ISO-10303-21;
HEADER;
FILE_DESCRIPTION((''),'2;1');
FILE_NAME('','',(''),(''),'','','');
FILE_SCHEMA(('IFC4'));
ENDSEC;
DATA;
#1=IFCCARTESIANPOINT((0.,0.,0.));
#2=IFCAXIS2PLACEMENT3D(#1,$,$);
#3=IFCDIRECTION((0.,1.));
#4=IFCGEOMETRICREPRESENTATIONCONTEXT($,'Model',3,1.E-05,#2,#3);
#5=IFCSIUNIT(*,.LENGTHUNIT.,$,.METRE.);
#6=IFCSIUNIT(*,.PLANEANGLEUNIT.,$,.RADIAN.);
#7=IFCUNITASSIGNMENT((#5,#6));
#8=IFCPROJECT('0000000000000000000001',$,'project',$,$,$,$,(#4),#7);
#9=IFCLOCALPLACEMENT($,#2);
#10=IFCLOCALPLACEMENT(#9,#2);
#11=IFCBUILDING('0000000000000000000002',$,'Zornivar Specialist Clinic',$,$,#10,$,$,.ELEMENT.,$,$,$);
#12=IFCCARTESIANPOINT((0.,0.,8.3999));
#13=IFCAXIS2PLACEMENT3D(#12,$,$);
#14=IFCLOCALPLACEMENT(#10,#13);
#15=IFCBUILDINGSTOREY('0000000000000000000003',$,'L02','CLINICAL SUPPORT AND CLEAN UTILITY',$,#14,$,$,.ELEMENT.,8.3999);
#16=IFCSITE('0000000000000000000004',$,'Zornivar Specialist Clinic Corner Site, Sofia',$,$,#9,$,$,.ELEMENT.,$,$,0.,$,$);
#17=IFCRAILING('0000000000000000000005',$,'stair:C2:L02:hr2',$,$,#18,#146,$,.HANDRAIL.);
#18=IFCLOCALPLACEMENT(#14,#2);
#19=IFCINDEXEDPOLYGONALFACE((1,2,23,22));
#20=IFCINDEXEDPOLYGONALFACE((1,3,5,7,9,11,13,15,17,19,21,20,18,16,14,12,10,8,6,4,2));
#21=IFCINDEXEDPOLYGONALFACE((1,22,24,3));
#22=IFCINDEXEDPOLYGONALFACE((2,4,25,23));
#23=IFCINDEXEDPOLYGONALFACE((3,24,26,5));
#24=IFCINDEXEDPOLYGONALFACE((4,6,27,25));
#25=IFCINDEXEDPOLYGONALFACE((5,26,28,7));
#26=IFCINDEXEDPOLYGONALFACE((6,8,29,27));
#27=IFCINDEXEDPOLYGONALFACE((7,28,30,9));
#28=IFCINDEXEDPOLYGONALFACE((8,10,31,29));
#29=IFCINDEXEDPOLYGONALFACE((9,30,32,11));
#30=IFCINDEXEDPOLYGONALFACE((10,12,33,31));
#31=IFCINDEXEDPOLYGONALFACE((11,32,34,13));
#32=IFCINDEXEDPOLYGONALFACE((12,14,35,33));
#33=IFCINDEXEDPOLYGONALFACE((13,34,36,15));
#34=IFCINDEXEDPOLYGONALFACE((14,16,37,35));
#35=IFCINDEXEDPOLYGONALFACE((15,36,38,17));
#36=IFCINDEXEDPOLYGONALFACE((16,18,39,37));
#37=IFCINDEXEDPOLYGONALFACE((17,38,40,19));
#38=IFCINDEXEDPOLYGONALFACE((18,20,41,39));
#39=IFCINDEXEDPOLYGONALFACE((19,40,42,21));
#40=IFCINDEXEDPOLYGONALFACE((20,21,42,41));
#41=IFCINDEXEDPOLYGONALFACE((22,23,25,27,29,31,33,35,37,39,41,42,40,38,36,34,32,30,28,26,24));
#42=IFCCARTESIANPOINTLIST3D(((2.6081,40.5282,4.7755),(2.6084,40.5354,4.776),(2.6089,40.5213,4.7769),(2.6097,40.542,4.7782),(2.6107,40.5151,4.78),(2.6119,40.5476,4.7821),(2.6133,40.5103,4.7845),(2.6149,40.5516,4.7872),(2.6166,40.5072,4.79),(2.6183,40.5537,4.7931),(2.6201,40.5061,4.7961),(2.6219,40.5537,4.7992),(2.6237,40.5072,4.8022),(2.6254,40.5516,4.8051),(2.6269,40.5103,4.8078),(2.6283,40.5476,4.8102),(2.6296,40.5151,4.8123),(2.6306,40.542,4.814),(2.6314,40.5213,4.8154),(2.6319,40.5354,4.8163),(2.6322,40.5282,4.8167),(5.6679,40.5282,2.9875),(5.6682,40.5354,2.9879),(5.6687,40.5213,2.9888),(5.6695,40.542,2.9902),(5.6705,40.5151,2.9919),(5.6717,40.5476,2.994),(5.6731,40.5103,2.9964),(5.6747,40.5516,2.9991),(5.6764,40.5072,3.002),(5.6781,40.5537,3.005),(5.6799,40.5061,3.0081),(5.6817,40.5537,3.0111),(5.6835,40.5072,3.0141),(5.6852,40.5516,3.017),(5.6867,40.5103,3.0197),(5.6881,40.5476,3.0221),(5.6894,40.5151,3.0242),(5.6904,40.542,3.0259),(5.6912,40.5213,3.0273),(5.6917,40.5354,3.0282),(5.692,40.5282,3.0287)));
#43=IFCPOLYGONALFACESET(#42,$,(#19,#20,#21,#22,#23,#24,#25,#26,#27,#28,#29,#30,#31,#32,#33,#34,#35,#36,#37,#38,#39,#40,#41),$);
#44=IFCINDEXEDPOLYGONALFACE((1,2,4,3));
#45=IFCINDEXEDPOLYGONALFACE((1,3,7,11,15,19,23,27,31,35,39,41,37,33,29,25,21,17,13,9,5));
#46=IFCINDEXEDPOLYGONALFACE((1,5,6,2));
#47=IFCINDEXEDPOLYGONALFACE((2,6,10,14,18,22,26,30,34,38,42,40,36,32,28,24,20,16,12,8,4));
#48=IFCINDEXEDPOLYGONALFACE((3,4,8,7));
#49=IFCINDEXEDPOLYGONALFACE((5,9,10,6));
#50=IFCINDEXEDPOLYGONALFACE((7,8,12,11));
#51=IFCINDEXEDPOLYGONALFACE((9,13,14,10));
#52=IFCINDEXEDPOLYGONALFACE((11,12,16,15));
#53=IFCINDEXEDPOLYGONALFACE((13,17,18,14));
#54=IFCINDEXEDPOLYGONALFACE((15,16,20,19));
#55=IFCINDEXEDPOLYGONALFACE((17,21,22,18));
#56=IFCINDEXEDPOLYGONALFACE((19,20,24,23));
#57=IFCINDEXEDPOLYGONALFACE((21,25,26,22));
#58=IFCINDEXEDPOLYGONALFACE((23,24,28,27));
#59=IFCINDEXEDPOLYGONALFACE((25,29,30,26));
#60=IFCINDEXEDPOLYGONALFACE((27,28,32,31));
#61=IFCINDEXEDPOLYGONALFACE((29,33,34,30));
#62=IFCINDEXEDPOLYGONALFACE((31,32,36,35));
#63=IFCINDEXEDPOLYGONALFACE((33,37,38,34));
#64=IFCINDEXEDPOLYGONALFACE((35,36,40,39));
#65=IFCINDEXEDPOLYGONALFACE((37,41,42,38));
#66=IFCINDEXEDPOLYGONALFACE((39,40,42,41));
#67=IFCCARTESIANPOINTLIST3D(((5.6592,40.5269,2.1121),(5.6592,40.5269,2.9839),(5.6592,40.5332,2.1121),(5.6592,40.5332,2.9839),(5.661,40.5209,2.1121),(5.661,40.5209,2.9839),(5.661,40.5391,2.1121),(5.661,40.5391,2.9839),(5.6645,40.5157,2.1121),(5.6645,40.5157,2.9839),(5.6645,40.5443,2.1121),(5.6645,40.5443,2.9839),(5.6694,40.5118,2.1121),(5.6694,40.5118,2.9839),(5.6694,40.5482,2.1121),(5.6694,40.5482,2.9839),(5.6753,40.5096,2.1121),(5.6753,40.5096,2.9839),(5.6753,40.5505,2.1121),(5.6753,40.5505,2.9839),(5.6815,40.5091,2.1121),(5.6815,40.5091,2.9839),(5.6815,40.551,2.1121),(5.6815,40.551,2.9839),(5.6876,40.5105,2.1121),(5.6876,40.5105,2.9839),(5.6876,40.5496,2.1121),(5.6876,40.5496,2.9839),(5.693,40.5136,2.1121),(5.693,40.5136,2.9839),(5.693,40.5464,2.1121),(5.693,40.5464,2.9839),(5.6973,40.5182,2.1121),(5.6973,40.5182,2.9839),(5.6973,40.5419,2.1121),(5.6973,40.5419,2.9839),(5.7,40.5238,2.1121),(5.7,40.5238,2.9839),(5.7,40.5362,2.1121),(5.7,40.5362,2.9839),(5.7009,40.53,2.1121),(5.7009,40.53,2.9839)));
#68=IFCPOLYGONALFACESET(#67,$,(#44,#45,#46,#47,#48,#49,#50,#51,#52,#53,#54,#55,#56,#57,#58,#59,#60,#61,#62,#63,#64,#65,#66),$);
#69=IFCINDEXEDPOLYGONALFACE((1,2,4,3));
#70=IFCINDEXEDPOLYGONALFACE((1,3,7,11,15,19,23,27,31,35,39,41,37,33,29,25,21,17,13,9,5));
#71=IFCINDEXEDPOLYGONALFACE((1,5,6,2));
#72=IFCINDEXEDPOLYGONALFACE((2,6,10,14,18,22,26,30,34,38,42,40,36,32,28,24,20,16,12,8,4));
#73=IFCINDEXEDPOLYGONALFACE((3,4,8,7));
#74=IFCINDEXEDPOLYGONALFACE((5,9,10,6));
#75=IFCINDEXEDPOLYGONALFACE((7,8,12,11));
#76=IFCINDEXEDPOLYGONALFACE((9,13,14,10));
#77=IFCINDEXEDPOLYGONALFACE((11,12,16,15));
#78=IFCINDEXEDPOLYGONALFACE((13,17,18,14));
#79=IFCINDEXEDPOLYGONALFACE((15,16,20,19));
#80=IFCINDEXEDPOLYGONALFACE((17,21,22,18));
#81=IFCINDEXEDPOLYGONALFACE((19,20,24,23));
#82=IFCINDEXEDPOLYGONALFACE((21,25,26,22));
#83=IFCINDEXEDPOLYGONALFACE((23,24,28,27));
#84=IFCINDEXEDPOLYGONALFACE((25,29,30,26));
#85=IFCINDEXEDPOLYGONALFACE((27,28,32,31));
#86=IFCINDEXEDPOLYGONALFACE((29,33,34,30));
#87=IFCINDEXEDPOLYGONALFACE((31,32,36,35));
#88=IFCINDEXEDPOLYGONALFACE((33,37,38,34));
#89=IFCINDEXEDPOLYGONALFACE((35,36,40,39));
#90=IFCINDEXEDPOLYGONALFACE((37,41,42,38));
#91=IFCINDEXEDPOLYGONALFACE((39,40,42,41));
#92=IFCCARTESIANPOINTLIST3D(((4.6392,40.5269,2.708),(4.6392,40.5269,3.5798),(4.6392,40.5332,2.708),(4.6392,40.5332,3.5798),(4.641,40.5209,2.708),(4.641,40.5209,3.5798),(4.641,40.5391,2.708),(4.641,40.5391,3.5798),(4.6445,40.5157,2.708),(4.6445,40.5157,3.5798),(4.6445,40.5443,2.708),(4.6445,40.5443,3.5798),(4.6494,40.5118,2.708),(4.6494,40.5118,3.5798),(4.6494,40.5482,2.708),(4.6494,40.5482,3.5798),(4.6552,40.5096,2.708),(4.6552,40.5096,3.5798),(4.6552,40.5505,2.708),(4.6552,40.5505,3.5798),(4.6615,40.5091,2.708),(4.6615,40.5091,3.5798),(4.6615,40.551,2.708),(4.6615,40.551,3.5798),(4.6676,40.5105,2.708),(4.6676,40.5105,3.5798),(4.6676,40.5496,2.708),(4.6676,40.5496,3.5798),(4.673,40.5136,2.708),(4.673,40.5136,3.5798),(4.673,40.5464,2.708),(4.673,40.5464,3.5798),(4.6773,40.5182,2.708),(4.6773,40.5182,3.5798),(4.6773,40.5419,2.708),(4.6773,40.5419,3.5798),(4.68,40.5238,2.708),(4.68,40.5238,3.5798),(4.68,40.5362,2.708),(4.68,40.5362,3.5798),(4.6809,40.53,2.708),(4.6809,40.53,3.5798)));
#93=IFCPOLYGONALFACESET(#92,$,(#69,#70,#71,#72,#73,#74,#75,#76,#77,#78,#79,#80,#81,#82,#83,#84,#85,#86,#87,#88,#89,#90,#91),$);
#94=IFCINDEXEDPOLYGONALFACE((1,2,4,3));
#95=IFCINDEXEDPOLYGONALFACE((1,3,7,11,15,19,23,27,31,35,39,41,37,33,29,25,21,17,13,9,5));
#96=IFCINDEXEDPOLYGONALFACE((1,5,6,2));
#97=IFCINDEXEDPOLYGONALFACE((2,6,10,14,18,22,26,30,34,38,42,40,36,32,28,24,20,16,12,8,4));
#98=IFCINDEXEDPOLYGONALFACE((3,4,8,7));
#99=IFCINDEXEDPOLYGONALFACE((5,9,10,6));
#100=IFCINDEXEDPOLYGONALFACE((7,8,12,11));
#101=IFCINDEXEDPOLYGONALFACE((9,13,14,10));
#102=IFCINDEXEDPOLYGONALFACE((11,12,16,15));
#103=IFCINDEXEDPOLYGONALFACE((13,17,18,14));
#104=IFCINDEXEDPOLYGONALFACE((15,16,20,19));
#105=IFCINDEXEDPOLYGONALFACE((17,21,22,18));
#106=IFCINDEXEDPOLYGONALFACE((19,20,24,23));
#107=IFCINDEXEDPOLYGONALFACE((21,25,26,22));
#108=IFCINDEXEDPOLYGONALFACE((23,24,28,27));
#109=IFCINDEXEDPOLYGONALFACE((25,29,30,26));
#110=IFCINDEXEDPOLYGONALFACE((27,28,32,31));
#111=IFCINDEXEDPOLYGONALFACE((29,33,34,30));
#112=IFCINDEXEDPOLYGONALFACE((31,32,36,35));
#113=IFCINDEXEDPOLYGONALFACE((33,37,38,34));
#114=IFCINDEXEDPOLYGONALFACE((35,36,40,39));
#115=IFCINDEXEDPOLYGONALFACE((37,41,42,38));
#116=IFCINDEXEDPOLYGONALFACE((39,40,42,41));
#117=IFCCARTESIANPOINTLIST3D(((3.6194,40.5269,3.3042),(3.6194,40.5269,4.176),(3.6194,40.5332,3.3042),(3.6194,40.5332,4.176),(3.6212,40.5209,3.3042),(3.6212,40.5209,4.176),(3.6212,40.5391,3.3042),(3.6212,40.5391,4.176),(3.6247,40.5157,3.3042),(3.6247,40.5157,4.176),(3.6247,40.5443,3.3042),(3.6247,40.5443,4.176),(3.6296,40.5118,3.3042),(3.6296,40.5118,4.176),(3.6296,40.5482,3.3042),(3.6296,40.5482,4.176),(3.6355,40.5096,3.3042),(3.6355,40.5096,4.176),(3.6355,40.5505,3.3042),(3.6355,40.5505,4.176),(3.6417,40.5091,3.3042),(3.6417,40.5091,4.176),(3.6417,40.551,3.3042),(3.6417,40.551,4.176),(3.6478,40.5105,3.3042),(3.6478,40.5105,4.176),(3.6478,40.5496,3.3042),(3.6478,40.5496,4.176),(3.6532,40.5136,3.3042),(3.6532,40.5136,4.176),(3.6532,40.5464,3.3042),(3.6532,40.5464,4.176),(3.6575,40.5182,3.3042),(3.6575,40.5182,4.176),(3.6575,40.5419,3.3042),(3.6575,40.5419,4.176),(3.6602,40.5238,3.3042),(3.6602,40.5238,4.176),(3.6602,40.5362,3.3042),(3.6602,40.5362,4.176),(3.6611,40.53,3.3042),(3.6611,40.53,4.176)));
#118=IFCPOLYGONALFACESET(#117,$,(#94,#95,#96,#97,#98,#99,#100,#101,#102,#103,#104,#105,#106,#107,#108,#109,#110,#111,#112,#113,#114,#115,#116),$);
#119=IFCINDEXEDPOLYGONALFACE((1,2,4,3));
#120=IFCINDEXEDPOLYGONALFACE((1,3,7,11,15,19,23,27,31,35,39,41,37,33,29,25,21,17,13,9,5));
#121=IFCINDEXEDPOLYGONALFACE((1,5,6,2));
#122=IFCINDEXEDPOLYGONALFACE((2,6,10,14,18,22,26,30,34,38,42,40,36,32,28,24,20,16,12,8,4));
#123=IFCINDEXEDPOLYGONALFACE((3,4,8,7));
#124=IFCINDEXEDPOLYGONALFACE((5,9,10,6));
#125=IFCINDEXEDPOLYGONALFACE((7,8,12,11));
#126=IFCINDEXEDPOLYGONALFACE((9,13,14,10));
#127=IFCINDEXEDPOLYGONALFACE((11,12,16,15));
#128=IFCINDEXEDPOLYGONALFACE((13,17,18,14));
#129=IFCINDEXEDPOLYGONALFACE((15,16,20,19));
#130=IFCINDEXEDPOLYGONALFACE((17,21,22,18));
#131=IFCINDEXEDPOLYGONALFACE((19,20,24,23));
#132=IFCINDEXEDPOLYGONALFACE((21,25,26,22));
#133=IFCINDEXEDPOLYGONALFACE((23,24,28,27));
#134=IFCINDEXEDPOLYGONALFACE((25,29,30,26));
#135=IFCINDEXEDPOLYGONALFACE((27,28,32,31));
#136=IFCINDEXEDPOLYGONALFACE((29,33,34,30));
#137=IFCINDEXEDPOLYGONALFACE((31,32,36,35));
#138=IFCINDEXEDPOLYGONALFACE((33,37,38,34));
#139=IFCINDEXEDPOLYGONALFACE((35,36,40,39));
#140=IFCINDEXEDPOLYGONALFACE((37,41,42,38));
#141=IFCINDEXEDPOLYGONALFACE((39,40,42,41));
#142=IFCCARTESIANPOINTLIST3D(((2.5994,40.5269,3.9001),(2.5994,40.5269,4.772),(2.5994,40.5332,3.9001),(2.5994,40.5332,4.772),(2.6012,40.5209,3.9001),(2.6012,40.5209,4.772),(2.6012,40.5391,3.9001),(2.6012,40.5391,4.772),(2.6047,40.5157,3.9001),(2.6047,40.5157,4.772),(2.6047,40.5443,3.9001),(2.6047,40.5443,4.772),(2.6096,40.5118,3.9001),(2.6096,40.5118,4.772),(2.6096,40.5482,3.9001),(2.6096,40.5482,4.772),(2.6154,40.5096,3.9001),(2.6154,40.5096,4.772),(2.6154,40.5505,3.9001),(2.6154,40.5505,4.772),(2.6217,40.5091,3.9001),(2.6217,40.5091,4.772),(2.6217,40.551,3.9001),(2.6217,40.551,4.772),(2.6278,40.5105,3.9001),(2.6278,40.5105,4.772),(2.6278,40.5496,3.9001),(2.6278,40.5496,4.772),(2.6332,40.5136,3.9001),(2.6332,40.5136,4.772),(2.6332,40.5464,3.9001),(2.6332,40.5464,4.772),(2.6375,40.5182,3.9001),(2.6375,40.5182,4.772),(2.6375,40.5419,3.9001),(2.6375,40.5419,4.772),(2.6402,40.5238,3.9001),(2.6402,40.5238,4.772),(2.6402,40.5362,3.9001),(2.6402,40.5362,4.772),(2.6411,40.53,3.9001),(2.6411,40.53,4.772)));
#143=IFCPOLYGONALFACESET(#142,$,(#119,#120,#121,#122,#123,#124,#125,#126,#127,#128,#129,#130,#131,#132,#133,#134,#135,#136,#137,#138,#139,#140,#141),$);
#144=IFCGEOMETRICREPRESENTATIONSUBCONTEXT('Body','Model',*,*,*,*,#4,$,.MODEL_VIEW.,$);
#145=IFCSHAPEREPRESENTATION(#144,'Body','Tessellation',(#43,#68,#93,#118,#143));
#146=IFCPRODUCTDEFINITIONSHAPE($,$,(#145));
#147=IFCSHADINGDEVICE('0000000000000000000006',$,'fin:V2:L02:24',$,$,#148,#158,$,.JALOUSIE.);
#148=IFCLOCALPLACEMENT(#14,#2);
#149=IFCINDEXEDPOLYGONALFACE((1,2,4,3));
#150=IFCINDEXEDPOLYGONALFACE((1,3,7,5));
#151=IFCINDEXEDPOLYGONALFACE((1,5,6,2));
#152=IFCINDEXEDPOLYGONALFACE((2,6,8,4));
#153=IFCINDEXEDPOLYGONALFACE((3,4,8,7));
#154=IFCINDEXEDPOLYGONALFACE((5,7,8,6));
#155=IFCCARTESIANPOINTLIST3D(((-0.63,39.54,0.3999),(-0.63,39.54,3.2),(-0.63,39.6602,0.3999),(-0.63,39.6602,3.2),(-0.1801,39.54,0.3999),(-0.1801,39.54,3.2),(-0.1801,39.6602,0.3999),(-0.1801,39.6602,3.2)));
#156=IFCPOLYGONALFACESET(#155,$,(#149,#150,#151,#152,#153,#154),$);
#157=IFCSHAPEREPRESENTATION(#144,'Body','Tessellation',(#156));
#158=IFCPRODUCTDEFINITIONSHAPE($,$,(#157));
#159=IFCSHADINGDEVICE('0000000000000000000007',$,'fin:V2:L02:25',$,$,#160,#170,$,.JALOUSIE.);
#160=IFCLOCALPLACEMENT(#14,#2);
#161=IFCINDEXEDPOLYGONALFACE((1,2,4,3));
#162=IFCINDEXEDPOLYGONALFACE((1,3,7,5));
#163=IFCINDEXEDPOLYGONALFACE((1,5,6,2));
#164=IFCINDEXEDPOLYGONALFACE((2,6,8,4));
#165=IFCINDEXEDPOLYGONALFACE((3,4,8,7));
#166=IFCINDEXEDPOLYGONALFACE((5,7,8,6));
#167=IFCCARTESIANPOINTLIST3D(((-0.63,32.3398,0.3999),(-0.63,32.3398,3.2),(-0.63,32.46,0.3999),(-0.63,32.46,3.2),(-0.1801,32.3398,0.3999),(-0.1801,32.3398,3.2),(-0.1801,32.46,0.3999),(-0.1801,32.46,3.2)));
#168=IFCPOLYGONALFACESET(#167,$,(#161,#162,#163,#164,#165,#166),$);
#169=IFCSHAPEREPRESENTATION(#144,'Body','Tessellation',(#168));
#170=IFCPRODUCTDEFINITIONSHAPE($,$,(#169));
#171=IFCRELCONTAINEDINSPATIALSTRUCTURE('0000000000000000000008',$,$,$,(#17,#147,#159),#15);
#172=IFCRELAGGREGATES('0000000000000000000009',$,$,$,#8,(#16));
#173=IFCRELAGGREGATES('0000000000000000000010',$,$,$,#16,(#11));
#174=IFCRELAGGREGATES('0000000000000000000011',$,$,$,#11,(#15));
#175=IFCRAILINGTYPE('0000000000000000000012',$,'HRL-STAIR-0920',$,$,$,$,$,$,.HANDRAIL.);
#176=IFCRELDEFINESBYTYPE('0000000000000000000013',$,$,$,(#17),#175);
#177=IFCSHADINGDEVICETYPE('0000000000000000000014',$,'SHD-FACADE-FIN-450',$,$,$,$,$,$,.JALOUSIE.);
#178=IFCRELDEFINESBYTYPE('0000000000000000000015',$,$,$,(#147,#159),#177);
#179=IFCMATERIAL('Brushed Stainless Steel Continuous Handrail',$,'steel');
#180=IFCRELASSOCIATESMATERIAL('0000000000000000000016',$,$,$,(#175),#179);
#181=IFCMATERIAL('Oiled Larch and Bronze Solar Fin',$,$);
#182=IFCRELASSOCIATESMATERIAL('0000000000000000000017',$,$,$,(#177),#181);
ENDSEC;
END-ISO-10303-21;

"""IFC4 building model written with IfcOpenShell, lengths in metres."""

from ifc_helpers import new_model, si_unit, direction, frame, origin, origin_2d, place, context, subcontext, project, spatial, rectangle, circle, extrude, material, type_object, element, save


model = new_model("IFC4")

# Units and contexts
model_context = context("Model", 3, precision=1e-05, world=origin(), true_north=direction((0.0, 1.0)))
body_context = subcontext(model_context, "Body", "Model", "MODEL_VIEW")
ifc_project = project(units=[si_unit("LENGTHUNIT", "METRE"), si_unit("PLANEANGLEUNIT", "RADIAN")], contexts=[model_context])

# Site, building, storey
site_placement = place(None, origin())
site = spatial("IfcSite", under=ifc_project, at=site_placement, Name="Zornivar Specialist Clinic Corner Site, Sofia", CompositionType="ELEMENT", RefElevation=0.0)
building_placement = place(site_placement, origin())
building = spatial("IfcBuilding", under=site, at=building_placement, Name="Zornivar Specialist Clinic", CompositionType="ELEMENT")
storey_placement = place(building_placement, frame((0.0, 0.0, 8.3999)))
storey = spatial("IfcBuildingStorey", under=building, at=storey_placement, Name="L02", Description="CLINICAL SUPPORT AND CLEAN UTILITY", CompositionType="ELEMENT", Elevation=8.3999)

# Railing
ifc_material_1 = material(Name="Brushed Stainless Steel Continuous Handrail", Category="steel")
railing_type_1 = type_object("IfcRailingType", Name="HRL-STAIR-0920", PredefinedType="HANDRAIL", material=ifc_material_1)
railing_1_placement = place(storey_placement, frame((5.6799, 40.53, 2.1121)))
element("IfcRailing", 1, at=railing_1_placement, inside=storey, type_object=railing_type_1, Name="stair:C2:L02:hr2", PredefinedType="HANDRAIL", context=body_context, shape_type="SweptSolid", body=[
    extrude(circle(Radius=0.0239, at=origin_2d()), frame((0.0, 0.0, 0.896), z_axis=(-0.863386, 0.0, 0.504543), x_axis=(0.0, -1.0, 0.0)), (0.0, 0.0, 1.0), 3.5439),
    extrude(circle(Radius=0.021, at=origin_2d()), origin(), (0.0, 0.0, 1.0), 0.8718),
    extrude(circle(Radius=0.021, at=origin_2d()), frame((-1.02, 0.0, 0.5959)), (0.0, 0.0, 1.0), 0.8718),
    extrude(circle(Radius=0.021, at=origin_2d()), frame((-2.0398, 0.0, 1.1921)), (0.0, 0.0, 1.0), 0.8718),
    extrude(circle(Radius=0.021, at=origin_2d()), frame((-3.0598, 0.0, 1.7881)), (0.0, 0.0, 1.0), 0.8718),
])

# Shading devices
ifc_material_2 = material(Name="Oiled Larch and Bronze Solar Fin")
shading_device_type = type_object("IfcShadingDeviceType", Name="SHD-FACADE-FIN-450", PredefinedType="JALOUSIE", material=ifc_material_2)
for number, where, z_axis, x_axis, name in (
    (2, (-0.405, 39.6001, 0.3999), (0.0, 0.0, 1.0), (0.0, -1.0, 0.0), "fin:V2:L02:24"),
    (3, (-0.405, 32.3999, 0.3999), (0.0, 0.0, 1.0), (0.0, -1.0, 0.0), "fin:V2:L02:25"),
):
    element("IfcShadingDevice", number, at=place(storey_placement, frame(where, z_axis=z_axis, x_axis=x_axis)), inside=storey, type_object=shading_device_type, Name=name, PredefinedType="JALOUSIE", context=body_context, shape_type="SweptSolid", body=[
        extrude(rectangle(XDim=0.1201, YDim=0.45, at=origin_2d()), origin(), (0.0, 0.0, 1.0), 2.8),
    ])

save(model, "model.ifc")
